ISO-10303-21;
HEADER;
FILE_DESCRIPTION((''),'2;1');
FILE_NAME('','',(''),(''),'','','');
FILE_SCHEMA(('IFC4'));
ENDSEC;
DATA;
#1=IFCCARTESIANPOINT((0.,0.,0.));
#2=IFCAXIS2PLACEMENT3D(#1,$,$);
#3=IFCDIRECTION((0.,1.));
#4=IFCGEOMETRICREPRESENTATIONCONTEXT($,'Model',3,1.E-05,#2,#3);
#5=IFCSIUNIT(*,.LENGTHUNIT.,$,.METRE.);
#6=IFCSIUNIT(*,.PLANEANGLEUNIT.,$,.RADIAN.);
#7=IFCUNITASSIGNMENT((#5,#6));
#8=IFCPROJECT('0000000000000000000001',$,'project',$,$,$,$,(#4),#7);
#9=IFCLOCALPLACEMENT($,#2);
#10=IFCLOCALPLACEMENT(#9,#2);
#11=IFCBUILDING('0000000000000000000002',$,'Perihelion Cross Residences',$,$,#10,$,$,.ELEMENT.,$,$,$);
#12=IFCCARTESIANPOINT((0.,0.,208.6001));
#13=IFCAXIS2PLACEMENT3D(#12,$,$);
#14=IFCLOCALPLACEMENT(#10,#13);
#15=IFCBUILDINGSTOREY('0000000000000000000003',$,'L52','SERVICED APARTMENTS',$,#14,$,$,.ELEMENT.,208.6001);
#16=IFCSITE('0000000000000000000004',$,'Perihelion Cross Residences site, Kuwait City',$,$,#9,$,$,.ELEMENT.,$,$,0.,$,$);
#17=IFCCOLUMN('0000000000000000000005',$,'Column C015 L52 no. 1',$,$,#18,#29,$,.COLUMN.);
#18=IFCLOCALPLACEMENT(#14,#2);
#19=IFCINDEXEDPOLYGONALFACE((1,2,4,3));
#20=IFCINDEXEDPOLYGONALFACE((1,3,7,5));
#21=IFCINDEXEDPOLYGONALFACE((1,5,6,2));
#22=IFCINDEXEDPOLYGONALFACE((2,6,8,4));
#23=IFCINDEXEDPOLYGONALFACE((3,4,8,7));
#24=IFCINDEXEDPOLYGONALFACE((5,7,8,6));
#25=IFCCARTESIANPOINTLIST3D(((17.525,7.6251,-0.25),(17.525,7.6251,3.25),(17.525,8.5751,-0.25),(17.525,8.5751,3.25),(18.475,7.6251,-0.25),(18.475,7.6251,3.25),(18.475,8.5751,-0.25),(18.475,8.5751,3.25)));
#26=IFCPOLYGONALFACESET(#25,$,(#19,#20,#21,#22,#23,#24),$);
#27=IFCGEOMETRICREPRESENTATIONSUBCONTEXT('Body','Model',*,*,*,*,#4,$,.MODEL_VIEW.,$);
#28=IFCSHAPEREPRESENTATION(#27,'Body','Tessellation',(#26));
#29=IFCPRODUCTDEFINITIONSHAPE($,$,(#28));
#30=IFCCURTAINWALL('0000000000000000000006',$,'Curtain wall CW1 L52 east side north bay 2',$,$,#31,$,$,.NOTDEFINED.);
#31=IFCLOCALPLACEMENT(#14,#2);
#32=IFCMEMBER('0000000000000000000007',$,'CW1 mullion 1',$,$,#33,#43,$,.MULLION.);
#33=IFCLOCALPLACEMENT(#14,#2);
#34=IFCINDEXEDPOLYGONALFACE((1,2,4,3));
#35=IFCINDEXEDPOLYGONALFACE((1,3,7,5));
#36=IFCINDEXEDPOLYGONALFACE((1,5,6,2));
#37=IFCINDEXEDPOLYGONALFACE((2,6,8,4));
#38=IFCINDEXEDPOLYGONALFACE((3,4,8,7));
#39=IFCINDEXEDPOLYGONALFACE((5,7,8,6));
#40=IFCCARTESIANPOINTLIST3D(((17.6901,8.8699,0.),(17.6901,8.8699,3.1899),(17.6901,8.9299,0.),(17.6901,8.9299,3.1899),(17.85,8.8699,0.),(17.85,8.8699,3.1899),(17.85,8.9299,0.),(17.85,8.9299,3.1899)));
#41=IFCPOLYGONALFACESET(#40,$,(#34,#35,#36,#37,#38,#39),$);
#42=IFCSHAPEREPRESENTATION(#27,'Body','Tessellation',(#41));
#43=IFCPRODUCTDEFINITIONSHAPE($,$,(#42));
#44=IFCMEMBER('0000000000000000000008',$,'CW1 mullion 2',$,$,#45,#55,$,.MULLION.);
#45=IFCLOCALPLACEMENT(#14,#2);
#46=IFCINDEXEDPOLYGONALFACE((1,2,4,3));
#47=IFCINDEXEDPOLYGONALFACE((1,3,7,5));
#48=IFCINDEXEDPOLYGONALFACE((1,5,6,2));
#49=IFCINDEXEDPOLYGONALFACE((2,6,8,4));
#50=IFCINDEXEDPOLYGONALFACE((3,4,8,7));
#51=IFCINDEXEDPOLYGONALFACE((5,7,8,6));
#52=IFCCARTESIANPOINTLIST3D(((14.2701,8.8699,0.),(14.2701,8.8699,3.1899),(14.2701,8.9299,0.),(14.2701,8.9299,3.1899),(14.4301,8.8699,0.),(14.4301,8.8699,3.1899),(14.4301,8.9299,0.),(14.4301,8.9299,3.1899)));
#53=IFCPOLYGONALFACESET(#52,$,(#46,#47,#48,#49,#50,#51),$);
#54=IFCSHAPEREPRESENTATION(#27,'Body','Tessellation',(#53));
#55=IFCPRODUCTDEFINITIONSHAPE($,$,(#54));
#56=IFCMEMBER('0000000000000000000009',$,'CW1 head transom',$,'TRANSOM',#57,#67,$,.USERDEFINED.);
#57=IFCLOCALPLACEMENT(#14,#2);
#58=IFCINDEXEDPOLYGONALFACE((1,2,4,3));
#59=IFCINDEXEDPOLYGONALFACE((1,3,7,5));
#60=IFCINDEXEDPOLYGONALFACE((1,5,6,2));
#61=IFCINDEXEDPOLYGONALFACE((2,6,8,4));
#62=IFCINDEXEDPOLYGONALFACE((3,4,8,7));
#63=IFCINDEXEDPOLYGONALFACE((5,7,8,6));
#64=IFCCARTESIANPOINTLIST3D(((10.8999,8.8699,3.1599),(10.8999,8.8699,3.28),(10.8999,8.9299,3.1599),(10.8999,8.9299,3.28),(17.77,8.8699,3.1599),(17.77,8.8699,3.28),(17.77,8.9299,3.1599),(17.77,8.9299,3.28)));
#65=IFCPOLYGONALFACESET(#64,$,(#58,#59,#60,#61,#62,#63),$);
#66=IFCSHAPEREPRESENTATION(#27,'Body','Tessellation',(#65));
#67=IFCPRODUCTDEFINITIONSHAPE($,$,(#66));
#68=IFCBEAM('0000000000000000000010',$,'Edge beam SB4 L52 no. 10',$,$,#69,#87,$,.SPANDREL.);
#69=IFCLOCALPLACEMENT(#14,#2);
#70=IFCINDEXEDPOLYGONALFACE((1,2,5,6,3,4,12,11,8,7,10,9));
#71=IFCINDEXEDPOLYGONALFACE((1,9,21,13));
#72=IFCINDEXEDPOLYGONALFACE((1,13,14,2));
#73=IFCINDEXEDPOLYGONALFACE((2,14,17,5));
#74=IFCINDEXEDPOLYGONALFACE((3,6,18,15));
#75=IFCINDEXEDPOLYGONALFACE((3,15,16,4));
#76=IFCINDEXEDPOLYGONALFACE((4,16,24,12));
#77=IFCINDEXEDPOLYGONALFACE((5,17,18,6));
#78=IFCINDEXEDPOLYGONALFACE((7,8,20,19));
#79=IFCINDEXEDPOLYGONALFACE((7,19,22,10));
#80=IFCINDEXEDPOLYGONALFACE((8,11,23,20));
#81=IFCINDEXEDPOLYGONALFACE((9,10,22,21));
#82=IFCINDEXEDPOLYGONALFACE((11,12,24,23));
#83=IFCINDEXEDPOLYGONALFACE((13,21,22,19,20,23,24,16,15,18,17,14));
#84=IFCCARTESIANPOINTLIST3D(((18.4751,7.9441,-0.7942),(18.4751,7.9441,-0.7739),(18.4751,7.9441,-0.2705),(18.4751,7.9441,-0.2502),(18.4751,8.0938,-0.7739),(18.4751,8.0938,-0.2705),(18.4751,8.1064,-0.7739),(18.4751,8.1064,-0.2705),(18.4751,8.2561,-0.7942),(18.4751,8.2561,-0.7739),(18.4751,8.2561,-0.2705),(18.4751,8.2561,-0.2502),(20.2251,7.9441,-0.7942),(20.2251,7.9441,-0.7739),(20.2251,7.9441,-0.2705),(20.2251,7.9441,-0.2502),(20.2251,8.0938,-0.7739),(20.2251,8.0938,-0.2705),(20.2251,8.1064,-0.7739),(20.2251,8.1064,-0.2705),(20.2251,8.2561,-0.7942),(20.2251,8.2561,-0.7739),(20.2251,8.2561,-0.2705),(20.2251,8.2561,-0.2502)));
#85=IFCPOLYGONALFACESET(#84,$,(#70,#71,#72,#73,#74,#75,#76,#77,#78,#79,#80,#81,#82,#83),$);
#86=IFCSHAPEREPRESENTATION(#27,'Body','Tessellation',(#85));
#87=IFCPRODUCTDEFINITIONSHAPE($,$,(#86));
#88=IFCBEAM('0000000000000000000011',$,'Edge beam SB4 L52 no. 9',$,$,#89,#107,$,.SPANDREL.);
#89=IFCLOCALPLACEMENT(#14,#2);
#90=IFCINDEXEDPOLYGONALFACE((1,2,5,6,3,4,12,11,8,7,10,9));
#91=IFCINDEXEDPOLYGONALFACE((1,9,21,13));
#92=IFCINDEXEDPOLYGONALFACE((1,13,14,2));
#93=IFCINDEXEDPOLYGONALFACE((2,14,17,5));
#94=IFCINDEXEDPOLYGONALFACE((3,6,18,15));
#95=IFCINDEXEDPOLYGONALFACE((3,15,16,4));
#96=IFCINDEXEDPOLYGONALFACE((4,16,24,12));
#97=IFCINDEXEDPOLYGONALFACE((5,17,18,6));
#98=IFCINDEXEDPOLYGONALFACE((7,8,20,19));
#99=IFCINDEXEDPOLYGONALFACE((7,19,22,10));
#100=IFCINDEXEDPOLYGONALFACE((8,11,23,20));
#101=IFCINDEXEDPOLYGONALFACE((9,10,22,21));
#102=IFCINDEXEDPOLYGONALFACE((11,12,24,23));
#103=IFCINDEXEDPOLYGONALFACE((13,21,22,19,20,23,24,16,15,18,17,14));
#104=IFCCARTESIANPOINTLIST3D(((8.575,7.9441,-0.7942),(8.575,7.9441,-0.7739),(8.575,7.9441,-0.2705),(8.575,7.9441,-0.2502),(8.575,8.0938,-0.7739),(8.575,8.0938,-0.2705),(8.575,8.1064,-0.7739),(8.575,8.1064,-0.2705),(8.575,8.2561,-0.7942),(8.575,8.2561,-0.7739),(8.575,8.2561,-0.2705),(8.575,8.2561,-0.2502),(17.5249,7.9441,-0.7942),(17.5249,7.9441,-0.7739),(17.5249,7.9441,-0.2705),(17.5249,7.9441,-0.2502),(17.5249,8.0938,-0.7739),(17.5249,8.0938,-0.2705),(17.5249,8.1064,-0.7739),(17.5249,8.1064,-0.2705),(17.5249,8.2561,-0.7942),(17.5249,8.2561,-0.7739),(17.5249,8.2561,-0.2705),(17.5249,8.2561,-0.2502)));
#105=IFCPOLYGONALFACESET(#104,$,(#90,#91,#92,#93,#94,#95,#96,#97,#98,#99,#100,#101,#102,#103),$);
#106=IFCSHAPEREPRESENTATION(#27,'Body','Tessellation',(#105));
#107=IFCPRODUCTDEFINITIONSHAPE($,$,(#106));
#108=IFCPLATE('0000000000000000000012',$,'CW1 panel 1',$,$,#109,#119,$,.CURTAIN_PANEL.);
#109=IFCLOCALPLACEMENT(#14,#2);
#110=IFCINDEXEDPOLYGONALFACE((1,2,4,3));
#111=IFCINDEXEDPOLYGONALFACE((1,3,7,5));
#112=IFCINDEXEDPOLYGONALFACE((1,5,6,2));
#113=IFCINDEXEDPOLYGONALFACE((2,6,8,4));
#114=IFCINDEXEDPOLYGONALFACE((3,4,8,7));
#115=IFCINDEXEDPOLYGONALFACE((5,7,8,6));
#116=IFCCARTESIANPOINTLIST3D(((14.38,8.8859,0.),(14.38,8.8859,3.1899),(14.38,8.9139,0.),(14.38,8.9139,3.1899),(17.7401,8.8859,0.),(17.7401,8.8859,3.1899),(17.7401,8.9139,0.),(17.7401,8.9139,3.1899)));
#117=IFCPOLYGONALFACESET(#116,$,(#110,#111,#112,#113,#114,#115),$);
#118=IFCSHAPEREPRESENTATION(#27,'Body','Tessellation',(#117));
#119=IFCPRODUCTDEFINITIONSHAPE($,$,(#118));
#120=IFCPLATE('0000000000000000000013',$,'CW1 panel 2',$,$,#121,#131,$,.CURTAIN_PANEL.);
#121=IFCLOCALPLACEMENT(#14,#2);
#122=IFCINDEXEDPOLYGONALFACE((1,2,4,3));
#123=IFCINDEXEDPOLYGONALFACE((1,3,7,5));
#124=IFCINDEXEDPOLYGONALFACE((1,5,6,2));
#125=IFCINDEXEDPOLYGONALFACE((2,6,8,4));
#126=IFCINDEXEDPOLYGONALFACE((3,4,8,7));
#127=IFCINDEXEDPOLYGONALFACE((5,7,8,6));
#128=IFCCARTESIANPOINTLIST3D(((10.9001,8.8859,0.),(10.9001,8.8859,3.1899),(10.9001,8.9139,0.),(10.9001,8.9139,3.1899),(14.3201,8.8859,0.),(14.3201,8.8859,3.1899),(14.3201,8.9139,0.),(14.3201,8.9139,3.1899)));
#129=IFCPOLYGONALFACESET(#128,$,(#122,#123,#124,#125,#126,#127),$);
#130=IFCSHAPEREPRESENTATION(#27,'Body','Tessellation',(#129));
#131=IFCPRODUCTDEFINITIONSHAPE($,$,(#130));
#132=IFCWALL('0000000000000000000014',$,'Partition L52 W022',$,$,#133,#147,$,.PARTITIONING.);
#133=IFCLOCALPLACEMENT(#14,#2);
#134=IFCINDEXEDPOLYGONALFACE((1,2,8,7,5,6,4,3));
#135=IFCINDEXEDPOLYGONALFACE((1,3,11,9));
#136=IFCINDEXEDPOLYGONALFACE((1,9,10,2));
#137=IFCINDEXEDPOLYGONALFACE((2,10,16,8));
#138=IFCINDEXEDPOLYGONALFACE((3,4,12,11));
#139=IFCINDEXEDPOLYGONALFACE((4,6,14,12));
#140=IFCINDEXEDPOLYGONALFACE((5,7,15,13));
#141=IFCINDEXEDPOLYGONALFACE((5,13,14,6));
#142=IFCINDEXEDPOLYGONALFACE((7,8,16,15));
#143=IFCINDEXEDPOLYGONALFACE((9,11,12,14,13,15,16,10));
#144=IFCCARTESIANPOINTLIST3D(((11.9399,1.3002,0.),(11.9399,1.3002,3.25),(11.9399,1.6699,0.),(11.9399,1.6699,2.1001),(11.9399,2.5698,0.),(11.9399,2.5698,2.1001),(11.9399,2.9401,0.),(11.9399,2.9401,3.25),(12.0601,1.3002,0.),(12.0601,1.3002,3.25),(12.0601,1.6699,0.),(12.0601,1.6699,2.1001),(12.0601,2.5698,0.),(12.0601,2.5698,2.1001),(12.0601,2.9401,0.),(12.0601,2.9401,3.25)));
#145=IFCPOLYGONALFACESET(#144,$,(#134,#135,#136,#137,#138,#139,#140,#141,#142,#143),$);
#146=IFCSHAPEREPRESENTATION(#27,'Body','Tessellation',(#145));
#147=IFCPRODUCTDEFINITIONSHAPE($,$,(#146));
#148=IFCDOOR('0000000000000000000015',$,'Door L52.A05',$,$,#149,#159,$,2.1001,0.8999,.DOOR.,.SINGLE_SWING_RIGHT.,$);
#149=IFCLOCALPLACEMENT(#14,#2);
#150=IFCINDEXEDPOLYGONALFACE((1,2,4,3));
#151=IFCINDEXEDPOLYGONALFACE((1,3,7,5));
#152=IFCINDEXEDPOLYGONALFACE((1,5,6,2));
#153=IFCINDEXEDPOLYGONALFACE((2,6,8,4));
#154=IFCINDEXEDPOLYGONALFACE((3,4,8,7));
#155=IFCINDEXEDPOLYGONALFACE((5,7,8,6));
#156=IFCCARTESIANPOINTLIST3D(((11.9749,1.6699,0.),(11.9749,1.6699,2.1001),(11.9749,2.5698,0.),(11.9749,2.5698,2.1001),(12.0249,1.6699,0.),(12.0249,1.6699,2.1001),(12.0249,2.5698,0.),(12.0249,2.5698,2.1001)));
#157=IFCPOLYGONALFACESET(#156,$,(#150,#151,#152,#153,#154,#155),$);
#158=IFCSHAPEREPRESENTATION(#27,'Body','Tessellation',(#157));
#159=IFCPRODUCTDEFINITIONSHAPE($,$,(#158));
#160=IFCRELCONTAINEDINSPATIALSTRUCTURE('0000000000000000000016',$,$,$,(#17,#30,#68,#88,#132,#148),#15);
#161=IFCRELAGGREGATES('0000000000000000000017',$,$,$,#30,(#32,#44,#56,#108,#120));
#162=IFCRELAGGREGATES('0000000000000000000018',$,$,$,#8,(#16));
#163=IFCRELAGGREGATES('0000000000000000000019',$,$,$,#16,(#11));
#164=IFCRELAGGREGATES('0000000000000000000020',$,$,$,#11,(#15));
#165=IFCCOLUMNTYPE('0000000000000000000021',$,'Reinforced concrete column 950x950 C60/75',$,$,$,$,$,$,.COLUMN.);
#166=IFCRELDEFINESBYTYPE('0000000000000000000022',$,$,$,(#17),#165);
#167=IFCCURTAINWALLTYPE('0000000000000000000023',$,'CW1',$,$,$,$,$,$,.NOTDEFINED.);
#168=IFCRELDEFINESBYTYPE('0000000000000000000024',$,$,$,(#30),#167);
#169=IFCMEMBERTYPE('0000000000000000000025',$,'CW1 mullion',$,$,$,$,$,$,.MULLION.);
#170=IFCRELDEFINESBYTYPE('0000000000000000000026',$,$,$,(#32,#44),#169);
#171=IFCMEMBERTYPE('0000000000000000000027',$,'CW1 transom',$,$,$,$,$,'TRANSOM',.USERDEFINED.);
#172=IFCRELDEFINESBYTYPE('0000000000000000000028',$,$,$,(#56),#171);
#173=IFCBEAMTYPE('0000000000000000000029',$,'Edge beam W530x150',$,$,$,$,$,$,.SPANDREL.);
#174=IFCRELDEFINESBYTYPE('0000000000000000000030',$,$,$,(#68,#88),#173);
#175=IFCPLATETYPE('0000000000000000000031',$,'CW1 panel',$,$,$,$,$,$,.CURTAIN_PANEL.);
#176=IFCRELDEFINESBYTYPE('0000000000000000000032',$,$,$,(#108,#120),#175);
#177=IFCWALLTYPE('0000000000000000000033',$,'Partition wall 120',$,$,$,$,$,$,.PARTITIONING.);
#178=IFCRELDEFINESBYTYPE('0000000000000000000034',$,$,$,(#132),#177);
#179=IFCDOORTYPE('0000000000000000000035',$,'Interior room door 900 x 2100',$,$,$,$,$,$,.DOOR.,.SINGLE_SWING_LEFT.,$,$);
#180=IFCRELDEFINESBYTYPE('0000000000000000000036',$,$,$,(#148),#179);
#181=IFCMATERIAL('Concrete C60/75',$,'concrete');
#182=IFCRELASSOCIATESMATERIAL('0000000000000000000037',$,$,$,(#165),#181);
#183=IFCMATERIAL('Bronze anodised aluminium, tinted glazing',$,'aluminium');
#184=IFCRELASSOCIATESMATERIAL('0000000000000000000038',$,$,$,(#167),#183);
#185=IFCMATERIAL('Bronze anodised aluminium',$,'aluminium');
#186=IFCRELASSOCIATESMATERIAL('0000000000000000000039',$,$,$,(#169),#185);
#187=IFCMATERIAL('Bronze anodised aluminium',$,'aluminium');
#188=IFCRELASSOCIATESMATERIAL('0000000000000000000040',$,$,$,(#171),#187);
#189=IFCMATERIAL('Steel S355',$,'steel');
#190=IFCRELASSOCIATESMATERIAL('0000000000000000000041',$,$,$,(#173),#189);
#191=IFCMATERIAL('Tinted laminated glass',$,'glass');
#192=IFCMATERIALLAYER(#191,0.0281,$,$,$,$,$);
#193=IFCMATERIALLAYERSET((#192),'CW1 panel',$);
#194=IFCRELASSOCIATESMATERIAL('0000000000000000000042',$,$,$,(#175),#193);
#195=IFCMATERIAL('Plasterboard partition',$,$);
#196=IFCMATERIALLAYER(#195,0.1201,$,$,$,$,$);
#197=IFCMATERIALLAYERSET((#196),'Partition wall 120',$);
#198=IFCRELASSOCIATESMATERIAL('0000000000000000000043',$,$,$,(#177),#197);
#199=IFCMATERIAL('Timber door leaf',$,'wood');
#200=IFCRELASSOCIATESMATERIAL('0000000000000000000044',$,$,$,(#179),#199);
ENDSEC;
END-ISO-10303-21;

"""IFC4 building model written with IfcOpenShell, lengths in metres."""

from ifc_helpers import new_model, si_unit, direction, frame, frame_2d, origin, origin_2d, place, context, subcontext, project, spatial, rectangle, i_section, extrude, material, layer, layer_set, material_profile, profile_set, type_object, element, fill, aggregate, save


model = new_model("IFC4")

# Units and contexts
model_context = context("Model", 3, precision=1e-05, world=origin(), true_north=direction((0.0, 1.0)))
body_context = subcontext(model_context, "Body", "Model", "MODEL_VIEW")
ifc_project = project(units=[si_unit("LENGTHUNIT", "METRE"), si_unit("PLANEANGLEUNIT", "RADIAN")], contexts=[model_context])

# Site, building, storey
site_placement = place(None, origin())
site = spatial("IfcSite", under=ifc_project, at=site_placement, Name="Perihelion Cross Residences site, Kuwait City", CompositionType="ELEMENT", RefElevation=0.0)
building_placement = place(site_placement, origin())
building = spatial("IfcBuilding", under=site, at=building_placement, Name="Perihelion Cross Residences", CompositionType="ELEMENT")
storey_placement = place(building_placement, frame((0.0, 0.0, 208.6001)))
storey = spatial("IfcBuildingStorey", under=building, at=storey_placement, Name="L52", Description="SERVICED APARTMENTS", CompositionType="ELEMENT", Elevation=208.6001)

# Column
ifc_material_1 = material(Name="Concrete C60/75", Category="concrete")
ifc_material_profile_1 = material_profile(ifc_material_1, rectangle(XDim=0.95, YDim=0.95, at=origin_2d()), Name="RC 950x950")
ifc_profile_set_1 = profile_set([ifc_material_profile_1], Name="Concrete C60/75")
column_type = type_object("IfcColumnType", Name="Reinforced concrete column 950x950 C60/75", PredefinedType="COLUMN", material=ifc_profile_set_1)
column_placement = place(storey_placement, frame((18.0, 8.1001, -0.25), z_axis=(0.0, 0.0, 1.0), x_axis=(1.0, 0.0, 0.0)))
element("IfcColumn", 1, at=column_placement, inside=storey, type_object=column_type, Name="Column C015 L52 no. 1", PredefinedType="COLUMN", context=body_context, shape_type="SweptSolid", body=[
    extrude(rectangle(XDim=0.95, YDim=0.95, at=origin_2d()), origin(), (0.0, 0.0, 1.0), 3.5),
])

# Curtain wall, members
ifc_material_2 = material(Name="Bronze anodised aluminium, tinted glazing", Category="aluminium")
curtain_wall_type = type_object("IfcCurtainWallType", Name="CW1", PredefinedType="NOTDEFINED", material=ifc_material_2)
curtain_wall_placement = place(storey_placement, origin())
curtain_wall = element("IfcCurtainWall", 2, at=curtain_wall_placement, inside=storey, type_object=curtain_wall_type, Name="Curtain wall CW1 L52 east side north bay 2", PredefinedType="NOTDEFINED")
ifc_material_3 = material(Name="Bronze anodised aluminium", Category="aluminium")
ifc_material_profile_2 = material_profile(ifc_material_3, rectangle(XDim=0.0601, YDim=0.1599, at=origin_2d()), Name="CW1 mullion")
ifc_profile_set_2 = profile_set([ifc_material_profile_2], Name="Bronze anodised aluminium")
member_type_1 = type_object("IfcMemberType", Name="CW1 mullion", PredefinedType="MULLION", material=ifc_profile_set_2)
member_1_placement = place(storey_placement, frame((17.77, 8.8999, 0.0), z_axis=(0.0, 0.0, 1.0), x_axis=(0.0, -1.0, 0.0)))
member_1 = element("IfcMember", 3, at=member_1_placement, type_object=member_type_1, Name="CW1 mullion 1", PredefinedType="MULLION", context=body_context, shape_type="SweptSolid", body=[
    extrude(rectangle(XDim=0.0601, YDim=0.1599, at=origin_2d()), origin(), (0.0, 0.0, 1.0), 3.1899),
])
member_2_placement = place(storey_placement, frame((14.3501, 8.8999, 0.0), z_axis=(0.0, 0.0, 1.0), x_axis=(0.0, -1.0, 0.0)))
member_2 = element("IfcMember", 4, at=member_2_placement, type_object=member_type_1, Name="CW1 mullion 2", PredefinedType="MULLION", context=body_context, shape_type="SweptSolid", body=[
    extrude(rectangle(XDim=0.0601, YDim=0.1599, at=origin_2d()), origin(), (0.0, 0.0, 1.0), 3.1899),
])
ifc_material_4 = material(Name="Bronze anodised aluminium", Category="aluminium")
ifc_material_profile_3 = material_profile(ifc_material_4, rectangle(XDim=0.0601, YDim=0.1201, at=origin_2d()), Name="CW1 transom")
ifc_profile_set_3 = profile_set([ifc_material_profile_3], Name="Bronze anodised aluminium")
member_type_2 = type_object("IfcMemberType", Name="CW1 transom", ElementType="TRANSOM", PredefinedType="USERDEFINED", material=ifc_profile_set_3)
member_3_placement = place(storey_placement, frame((17.77, 8.8999, 3.22), z_axis=(-1.0, 0.0, 0.0), x_axis=(0.0, -1.0, 0.0)))
member_3 = element("IfcMember", 5, at=member_3_placement, type_object=member_type_2, Name="CW1 head transom", ObjectType="TRANSOM", PredefinedType="USERDEFINED", context=body_context, shape_type="SweptSolid", body=[
    extrude(rectangle(XDim=0.0601, YDim=0.1201, at=origin_2d()), origin(), (0.0, 0.0, 1.0), 6.8701),
])

# Beams
ifc_material_5 = material(Name="Steel S355", Category="steel")
ifc_material_profile_4 = material_profile(ifc_material_5, i_section(OverallWidth=0.312, OverallDepth=0.5439, WebThickness=0.0127, FlangeThickness=0.0203, at=origin_2d()), Name="W530x150")
ifc_profile_set_4 = profile_set([ifc_material_profile_4], Name="Steel S355")
beam_type = type_object("IfcBeamType", Name="Edge beam W530x150", PredefinedType="SPANDREL", material=ifc_profile_set_4)
beam_1_placement = place(storey_placement, frame((20.2251, 8.1001, -0.5222), z_axis=(-1.0, 0.0, 0.0), x_axis=(0.0, -1.0, 0.0)))
element("IfcBeam", 6, at=beam_1_placement, inside=storey, type_object=beam_type, Name="Edge beam SB4 L52 no. 10", PredefinedType="SPANDREL", context=body_context, shape_type="SweptSolid", body=[
    extrude(i_section(OverallWidth=0.312, OverallDepth=0.5439, WebThickness=0.0127, FlangeThickness=0.0203, at=origin_2d()), origin(), (0.0, 0.0, 1.0), 1.75),
])
beam_2_placement = place(storey_placement, frame((17.5249, 8.1001, -0.5222), z_axis=(-1.0, 0.0, 0.0), x_axis=(0.0, -1.0, 0.0)))
element("IfcBeam", 7, at=beam_2_placement, inside=storey, type_object=beam_type, Name="Edge beam SB4 L52 no. 9", PredefinedType="SPANDREL", context=body_context, shape_type="SweptSolid", body=[
    extrude(i_section(OverallWidth=0.312, OverallDepth=0.5439, WebThickness=0.0127, FlangeThickness=0.0203, at=origin_2d()), origin(), (0.0, 0.0, 1.0), 8.95),
])

# Plates
ifc_material_6 = material(Name="Tinted laminated glass", Category="glass")
ifc_layer_1 = layer(ifc_material_6, 0.0281)
ifc_layer_set_1 = layer_set([ifc_layer_1], Name="CW1 panel")
plate_type = type_object("IfcPlateType", Name="CW1 panel", PredefinedType="CURTAIN_PANEL", material=ifc_layer_set_1)
plate_1_placement = place(storey_placement, frame((16.0601, 8.8999, 0.0), z_axis=(0.0, 0.0, 1.0), x_axis=(-1.0, 0.0, 0.0)))
plate_1 = element("IfcPlate", 8, at=plate_1_placement, type_object=plate_type, Name="CW1 panel 1", PredefinedType="CURTAIN_PANEL", context=body_context, shape_type="SweptSolid", body=[
    extrude(rectangle(XDim=3.3601, YDim=0.0281, at=origin_2d()), origin(), (0.0, 0.0, 1.0), 3.1899),
])
plate_2_placement = place(storey_placement, frame((12.6101, 8.8999, 0.0), z_axis=(0.0, 0.0, 1.0), x_axis=(-1.0, 0.0, 0.0)))
plate_2 = element("IfcPlate", 9, at=plate_2_placement, type_object=plate_type, Name="CW1 panel 2", PredefinedType="CURTAIN_PANEL", context=body_context, shape_type="SweptSolid", body=[
    extrude(rectangle(XDim=3.4199, YDim=0.0281, at=origin_2d()), origin(), (0.0, 0.0, 1.0), 3.1899),
])
aggregate(curtain_wall, [member_1, member_2, member_3, plate_1, plate_2])

# Wall, opening, door
ifc_material_7 = material(Name="Plasterboard partition")
ifc_layer_2 = layer(ifc_material_7, 0.1201)
ifc_layer_set_2 = layer_set([ifc_layer_2], Name="Partition wall 120")
wall_type_1 = type_object("IfcWallType", Name="Partition wall 120", PredefinedType="PARTITIONING", material=ifc_layer_set_2)
wall_1_placement = place(storey_placement, frame((12.0, 2.9399, 0.0), z_axis=(0.0, 0.0, 1.0), x_axis=(0.0, -1.0, 0.0)))
wall_1 = element("IfcWall", 10, at=wall_1_placement, inside=storey, type_object=wall_type_1, Name="Partition L52 W022", PredefinedType="PARTITIONING", context=body_context, shape_type="SweptSolid", body=[
    extrude(rectangle(XDim=1.6399, YDim=0.1201, at=frame_2d((0.8198, 0.0))), origin(), (0.0, 0.0, 1.0), 3.25),
])
opening_1_placement = place(wall_1_placement, frame((0.3701, 0.0, 0.0)))
opening_1 = element("IfcOpeningElement", 11, at=opening_1_placement, cuts=wall_1, PredefinedType="OPENING", context=body_context, shape_type="SweptSolid", body=[
    extrude(rectangle(XDim=0.8999, YDim=2.1001, at=frame_2d((0.45, 1.05))), frame((0.0, 0.0701, 0.0), z_axis=(0.0, -1.0, 0.0), x_axis=(1.0, 0.0, 0.0)), (0.0, 0.0, 1.0), 0.1401),
])
ifc_material_8 = material(Name="Timber door leaf", Category="wood")
door_type_1 = type_object("IfcDoorType", Name="Interior room door 900 x 2100", OperationType="SINGLE_SWING_LEFT", PredefinedType="DOOR", material=ifc_material_8)
door_1_placement = place(opening_1_placement, origin())
door_1 = element("IfcDoor", 12, at=door_1_placement, inside=storey, type_object=door_type_1, Name="Door L52.A05", OperationType="SINGLE_SWING_RIGHT", OverallHeight=2.1001, OverallWidth=0.8999, PredefinedType="DOOR", context=body_context, shape_type="SweptSolid", body=[
    extrude(rectangle(XDim=0.8999, YDim=2.1001, at=frame_2d((0.45, 1.05))), frame((0.0, 0.0249, 0.0), z_axis=(0.0, -1.0, 0.0), x_axis=(1.0, 0.0, 0.0)), (0.0, 0.0, 1.0), 0.05),
])
fill(opening_1, door_1)

save(model, "model.ifc")
